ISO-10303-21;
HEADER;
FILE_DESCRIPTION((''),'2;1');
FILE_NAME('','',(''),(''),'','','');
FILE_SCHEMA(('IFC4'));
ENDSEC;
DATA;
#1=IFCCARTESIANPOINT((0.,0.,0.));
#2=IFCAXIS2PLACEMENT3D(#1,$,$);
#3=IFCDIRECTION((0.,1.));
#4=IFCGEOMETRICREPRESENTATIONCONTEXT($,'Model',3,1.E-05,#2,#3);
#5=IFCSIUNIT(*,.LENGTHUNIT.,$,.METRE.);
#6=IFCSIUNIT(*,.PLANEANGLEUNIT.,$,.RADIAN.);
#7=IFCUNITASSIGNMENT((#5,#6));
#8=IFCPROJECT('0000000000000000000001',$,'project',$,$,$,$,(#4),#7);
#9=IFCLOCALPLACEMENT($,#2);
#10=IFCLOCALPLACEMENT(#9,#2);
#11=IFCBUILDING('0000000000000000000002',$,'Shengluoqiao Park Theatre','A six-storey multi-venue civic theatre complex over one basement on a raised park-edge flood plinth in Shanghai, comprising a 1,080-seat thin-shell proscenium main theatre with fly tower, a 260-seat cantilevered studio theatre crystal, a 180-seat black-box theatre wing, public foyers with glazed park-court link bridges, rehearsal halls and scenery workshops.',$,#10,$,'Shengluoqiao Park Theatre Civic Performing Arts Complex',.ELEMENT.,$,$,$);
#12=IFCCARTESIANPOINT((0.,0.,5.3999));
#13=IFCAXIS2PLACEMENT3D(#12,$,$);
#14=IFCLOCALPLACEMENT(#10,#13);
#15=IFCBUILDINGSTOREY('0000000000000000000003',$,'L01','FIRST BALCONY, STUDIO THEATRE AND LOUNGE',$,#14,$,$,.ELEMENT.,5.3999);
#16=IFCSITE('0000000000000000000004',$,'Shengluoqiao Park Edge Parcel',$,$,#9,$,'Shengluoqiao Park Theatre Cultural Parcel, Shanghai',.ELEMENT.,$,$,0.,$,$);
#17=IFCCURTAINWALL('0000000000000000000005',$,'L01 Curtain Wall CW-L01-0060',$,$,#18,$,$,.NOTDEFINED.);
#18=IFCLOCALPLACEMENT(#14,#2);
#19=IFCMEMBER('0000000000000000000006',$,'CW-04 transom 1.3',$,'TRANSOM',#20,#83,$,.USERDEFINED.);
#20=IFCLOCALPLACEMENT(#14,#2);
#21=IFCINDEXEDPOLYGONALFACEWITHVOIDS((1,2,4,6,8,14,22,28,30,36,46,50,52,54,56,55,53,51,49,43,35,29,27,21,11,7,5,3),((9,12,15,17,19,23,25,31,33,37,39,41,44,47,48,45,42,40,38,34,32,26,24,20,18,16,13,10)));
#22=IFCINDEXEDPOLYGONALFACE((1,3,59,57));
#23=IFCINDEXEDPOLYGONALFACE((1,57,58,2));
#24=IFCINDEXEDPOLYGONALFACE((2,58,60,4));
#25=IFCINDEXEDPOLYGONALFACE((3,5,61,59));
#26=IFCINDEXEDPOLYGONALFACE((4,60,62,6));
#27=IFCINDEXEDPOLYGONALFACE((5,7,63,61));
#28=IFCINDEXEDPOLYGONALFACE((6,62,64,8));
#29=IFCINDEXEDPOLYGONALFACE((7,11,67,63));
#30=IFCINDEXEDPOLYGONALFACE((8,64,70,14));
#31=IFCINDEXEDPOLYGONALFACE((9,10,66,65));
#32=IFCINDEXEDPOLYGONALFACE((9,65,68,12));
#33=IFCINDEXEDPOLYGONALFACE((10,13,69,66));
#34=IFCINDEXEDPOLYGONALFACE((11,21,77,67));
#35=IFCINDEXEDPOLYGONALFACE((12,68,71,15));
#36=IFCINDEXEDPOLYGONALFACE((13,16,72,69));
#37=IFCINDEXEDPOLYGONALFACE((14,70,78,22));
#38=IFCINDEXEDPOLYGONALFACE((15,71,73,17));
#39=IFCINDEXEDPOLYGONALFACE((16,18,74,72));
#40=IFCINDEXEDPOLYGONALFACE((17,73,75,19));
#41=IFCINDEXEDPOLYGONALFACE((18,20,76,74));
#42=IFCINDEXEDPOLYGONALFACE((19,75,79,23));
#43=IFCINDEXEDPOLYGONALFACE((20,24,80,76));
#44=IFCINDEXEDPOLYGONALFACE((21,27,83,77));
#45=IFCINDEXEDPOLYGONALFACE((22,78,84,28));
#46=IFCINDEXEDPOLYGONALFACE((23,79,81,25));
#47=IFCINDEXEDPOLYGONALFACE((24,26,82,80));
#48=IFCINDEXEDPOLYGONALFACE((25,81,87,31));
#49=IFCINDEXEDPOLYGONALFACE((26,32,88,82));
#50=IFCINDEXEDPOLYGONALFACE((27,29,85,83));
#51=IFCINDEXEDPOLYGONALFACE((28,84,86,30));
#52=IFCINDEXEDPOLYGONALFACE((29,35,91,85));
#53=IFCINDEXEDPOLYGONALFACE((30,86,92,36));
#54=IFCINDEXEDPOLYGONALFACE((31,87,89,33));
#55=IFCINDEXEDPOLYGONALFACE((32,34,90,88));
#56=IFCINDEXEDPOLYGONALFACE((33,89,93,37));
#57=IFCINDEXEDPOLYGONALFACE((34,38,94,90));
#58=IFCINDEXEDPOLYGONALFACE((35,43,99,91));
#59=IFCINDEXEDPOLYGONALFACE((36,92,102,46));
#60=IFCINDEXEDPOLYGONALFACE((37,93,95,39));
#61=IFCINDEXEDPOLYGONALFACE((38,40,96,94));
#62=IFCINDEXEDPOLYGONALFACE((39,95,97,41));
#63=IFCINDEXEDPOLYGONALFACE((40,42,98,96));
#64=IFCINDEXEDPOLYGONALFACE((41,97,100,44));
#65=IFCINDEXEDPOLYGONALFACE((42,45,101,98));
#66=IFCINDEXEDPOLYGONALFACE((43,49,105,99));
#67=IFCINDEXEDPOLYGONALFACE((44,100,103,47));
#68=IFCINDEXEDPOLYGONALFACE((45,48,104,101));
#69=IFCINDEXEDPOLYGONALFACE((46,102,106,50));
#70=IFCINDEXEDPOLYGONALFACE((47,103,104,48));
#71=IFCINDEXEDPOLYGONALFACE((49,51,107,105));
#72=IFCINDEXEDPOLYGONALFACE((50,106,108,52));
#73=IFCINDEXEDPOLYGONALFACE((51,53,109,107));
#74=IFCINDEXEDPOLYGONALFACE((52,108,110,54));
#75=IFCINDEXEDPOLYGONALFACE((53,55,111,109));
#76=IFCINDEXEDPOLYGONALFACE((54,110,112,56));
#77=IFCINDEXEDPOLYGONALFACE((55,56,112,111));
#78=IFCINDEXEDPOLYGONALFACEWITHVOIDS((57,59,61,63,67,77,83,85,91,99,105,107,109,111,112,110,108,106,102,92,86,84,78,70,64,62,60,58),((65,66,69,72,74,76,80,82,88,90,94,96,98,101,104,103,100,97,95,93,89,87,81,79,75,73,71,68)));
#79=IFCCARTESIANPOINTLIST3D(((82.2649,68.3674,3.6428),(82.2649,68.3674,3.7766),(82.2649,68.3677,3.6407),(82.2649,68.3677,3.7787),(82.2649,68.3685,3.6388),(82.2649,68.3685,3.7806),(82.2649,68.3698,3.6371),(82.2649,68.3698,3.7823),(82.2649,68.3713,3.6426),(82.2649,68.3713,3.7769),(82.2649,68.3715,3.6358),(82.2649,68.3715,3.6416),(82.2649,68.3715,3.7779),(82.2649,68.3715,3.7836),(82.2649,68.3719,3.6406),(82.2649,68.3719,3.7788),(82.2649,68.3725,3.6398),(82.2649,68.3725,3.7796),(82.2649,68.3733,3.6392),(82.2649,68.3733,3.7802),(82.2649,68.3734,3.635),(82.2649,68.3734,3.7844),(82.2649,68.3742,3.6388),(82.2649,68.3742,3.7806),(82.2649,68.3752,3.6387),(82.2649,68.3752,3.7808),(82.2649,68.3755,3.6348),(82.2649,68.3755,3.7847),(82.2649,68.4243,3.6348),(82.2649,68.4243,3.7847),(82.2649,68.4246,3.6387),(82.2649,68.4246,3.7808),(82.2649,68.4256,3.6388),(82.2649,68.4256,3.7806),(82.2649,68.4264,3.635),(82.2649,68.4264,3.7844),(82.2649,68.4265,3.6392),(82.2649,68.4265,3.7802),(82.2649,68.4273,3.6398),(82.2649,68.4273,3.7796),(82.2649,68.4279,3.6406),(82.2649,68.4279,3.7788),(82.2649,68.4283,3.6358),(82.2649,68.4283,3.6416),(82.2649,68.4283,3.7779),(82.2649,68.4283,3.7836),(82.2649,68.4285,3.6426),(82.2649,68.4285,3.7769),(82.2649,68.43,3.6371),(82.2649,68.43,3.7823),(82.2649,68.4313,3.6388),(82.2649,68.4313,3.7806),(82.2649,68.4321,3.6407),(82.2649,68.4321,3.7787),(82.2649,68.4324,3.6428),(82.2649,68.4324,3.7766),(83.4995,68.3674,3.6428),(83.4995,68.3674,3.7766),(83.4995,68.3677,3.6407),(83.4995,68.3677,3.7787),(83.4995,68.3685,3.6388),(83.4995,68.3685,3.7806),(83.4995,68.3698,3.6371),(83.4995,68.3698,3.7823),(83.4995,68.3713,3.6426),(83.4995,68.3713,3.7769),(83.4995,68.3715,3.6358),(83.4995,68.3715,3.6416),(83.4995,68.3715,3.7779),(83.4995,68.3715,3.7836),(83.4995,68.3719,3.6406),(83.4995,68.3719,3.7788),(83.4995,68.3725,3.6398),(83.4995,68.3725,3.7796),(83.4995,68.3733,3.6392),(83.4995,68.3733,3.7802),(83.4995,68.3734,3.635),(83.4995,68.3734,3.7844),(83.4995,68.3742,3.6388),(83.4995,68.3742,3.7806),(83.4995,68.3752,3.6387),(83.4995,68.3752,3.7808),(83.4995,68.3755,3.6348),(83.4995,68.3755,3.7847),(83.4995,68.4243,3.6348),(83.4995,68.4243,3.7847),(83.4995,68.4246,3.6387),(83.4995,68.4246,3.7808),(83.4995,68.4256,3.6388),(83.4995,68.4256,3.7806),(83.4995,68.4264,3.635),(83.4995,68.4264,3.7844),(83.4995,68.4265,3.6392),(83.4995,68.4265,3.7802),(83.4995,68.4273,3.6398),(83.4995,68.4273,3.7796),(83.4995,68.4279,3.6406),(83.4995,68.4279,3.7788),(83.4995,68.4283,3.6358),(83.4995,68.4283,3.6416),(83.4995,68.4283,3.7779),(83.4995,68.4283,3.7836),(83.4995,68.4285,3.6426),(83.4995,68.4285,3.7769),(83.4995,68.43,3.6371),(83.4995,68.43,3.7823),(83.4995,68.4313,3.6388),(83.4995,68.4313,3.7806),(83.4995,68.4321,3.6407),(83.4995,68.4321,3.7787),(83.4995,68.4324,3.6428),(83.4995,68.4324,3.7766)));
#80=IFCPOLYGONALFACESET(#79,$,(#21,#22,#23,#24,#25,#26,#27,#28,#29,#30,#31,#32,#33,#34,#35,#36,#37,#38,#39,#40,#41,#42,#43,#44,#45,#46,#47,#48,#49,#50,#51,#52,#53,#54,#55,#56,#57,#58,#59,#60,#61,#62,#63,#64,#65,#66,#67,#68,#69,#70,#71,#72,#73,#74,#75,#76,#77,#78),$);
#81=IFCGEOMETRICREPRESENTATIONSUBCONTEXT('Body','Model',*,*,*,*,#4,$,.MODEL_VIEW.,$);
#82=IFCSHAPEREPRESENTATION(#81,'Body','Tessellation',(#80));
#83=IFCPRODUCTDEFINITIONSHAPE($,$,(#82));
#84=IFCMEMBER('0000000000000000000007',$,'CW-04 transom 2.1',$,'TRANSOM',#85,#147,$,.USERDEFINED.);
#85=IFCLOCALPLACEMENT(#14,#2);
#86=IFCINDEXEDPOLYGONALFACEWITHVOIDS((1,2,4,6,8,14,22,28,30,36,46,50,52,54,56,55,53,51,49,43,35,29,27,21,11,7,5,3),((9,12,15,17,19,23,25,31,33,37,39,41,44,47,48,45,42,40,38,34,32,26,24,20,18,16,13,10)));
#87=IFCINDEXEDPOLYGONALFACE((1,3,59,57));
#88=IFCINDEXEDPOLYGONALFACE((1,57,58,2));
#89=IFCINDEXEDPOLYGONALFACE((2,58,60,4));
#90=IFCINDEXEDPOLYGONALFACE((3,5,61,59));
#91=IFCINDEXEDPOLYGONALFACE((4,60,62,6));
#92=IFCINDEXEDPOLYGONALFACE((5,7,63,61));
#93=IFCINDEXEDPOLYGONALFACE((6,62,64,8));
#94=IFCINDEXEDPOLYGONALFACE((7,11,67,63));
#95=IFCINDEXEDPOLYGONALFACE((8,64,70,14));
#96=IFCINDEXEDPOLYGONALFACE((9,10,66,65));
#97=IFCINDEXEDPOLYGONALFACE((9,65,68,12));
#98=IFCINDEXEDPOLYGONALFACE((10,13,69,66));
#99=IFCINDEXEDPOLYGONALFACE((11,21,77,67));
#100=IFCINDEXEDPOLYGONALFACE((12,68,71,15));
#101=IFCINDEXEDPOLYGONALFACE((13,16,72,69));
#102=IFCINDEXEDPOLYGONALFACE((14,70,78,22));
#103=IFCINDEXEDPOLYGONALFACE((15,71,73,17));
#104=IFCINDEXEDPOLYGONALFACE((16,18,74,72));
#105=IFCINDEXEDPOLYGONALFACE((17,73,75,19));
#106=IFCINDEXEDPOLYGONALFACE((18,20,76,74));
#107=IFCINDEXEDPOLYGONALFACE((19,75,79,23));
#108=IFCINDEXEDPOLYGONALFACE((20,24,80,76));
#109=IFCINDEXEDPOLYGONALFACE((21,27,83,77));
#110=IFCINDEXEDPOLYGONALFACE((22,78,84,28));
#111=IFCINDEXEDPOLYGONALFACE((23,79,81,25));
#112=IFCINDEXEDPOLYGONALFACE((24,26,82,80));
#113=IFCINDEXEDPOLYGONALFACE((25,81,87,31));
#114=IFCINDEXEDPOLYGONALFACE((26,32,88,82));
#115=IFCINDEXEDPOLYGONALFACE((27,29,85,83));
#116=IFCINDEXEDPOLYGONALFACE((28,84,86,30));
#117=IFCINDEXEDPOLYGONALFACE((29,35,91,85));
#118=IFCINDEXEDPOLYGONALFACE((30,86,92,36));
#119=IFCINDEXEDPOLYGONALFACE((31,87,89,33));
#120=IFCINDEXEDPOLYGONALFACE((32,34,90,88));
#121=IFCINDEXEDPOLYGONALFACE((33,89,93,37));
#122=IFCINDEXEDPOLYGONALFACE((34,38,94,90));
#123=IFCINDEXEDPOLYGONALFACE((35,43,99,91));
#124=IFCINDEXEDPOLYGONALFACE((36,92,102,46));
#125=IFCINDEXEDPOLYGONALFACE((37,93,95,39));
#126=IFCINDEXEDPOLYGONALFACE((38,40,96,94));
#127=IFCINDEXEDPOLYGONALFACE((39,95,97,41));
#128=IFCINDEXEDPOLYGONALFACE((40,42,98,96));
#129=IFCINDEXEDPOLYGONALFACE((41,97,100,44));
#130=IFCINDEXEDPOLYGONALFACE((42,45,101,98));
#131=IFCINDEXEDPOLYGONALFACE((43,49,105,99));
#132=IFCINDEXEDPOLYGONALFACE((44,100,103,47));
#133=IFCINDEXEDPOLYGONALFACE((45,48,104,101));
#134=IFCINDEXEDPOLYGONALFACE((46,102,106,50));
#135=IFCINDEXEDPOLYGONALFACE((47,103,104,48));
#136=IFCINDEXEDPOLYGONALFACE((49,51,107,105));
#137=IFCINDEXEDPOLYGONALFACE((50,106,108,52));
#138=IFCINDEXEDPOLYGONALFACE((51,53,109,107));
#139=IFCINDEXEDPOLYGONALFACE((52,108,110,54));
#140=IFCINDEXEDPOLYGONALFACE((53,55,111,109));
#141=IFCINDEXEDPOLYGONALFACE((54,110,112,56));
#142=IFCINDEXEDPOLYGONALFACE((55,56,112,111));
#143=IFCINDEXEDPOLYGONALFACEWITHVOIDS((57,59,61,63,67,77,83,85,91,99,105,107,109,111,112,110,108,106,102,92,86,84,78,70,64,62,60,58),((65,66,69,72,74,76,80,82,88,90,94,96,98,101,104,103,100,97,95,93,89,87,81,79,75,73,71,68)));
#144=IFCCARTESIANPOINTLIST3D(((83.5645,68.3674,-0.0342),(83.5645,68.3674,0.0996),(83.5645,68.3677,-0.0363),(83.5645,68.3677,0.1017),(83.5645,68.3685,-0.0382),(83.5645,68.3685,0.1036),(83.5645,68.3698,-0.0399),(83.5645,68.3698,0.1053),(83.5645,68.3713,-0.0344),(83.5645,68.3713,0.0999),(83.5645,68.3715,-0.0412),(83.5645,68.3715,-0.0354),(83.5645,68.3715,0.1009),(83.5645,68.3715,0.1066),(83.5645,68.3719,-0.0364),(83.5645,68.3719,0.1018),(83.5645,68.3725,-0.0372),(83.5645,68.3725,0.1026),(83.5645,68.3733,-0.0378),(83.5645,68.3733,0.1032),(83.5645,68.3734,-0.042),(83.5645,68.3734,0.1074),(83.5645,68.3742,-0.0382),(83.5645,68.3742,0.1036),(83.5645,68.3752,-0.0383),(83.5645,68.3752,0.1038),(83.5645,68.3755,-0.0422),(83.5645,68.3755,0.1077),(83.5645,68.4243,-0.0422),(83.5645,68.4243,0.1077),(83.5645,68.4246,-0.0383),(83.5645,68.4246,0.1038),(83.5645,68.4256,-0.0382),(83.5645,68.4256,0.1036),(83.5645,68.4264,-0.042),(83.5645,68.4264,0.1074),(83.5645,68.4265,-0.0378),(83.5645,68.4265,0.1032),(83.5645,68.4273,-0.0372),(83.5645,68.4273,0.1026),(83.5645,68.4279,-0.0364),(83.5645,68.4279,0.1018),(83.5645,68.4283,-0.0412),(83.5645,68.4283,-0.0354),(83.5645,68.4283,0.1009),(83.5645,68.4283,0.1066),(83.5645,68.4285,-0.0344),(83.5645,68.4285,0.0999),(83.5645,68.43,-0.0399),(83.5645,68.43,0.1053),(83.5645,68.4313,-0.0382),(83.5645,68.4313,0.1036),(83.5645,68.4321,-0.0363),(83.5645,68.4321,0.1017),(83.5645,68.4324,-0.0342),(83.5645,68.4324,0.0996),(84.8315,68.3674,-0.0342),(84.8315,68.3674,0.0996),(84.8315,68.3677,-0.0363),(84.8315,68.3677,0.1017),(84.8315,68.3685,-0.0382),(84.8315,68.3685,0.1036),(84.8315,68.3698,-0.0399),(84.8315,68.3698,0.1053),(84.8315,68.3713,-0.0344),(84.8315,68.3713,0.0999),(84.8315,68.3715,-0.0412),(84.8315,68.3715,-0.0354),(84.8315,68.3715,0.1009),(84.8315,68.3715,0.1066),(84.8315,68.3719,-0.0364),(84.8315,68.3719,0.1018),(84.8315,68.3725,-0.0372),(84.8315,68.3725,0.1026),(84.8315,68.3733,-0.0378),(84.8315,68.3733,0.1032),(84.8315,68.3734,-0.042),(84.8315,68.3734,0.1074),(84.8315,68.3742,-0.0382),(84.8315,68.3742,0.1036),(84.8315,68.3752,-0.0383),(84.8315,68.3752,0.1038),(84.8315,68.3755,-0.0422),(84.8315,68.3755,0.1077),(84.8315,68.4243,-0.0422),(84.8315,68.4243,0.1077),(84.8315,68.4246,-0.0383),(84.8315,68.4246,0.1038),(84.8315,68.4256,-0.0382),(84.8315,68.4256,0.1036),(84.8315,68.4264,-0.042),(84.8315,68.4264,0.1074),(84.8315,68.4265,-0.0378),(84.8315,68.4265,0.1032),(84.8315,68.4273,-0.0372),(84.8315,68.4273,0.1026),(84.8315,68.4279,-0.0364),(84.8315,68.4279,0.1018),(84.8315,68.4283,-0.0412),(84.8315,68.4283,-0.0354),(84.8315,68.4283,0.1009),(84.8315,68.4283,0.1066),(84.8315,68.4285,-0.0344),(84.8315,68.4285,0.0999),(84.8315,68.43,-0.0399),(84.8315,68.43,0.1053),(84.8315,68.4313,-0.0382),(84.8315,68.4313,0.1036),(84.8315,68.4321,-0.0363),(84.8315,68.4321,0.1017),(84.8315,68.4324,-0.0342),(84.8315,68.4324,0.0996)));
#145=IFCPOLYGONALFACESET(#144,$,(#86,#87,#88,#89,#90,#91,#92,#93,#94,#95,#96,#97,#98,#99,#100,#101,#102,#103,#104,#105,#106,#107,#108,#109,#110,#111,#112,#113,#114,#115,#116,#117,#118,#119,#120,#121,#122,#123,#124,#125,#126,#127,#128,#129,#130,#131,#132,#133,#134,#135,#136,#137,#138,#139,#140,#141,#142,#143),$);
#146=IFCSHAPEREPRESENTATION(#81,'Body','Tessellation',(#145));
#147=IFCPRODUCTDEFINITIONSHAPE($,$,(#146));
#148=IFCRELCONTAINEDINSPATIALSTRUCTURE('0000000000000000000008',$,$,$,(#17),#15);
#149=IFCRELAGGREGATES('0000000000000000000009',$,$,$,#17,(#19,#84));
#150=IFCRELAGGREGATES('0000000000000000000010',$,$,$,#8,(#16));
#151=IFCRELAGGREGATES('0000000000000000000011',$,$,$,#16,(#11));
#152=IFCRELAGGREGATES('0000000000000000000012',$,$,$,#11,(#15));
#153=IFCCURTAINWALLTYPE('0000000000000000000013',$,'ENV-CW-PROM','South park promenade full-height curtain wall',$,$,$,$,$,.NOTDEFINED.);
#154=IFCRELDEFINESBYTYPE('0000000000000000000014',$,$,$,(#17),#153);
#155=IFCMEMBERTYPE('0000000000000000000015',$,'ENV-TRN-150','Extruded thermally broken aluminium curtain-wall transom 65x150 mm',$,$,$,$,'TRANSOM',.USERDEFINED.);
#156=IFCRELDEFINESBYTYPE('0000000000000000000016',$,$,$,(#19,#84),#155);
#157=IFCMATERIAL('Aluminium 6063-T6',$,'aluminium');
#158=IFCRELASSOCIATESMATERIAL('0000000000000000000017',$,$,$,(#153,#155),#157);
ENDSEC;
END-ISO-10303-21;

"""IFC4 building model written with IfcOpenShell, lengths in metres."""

from ifc_helpers import new_model, si_unit, direction, frame, origin, origin_2d, place, context, subcontext, project, spatial, hollow_rectangle, extrude, material, material_profile, profile_set, type_object, element, aggregate, save


model = new_model("IFC4")

# Units and contexts
model_context = context("Model", 3, precision=1e-05, world=origin(), true_north=direction((0.0, 1.0)))
body_context = subcontext(model_context, "Body", "Model", "MODEL_VIEW")
ifc_project = project(units=[si_unit("LENGTHUNIT", "METRE"), si_unit("PLANEANGLEUNIT", "RADIAN")], contexts=[model_context])

# Site, building, storey
site_placement = place(None, origin())
site = spatial("IfcSite", under=ifc_project, at=site_placement, Name="Shengluoqiao Park Edge Parcel", LongName="Shengluoqiao Park Theatre Cultural Parcel, Shanghai", CompositionType="ELEMENT", RefElevation=0.0)
building_placement = place(site_placement, origin())
building = spatial("IfcBuilding", under=site, at=building_placement, Name="Shengluoqiao Park Theatre", Description="A six-storey multi-venue civic theatre complex over one basement on a raised park-edge flood plinth in Shanghai, comprising a 1,080-seat thin-shell proscenium main theatre with fly tower, a 260-seat cantilevered studio theatre crystal, a 180-seat black-box theatre wing, public foyers with glazed park-court link bridges, rehearsal halls and scenery workshops.", LongName="Shengluoqiao Park Theatre Civic Performing Arts Complex", CompositionType="ELEMENT")
storey_placement = place(building_placement, frame((0.0, 0.0, 5.3999)))
storey = spatial("IfcBuildingStorey", under=building, at=storey_placement, Name="L01", Description="FIRST BALCONY, STUDIO THEATRE AND LOUNGE", CompositionType="ELEMENT", Elevation=5.3999)

# Curtain wall
ifc_material_1 = material(Name="Aluminium 6063-T6", Category="aluminium")
curtain_wall_type = type_object("IfcCurtainWallType", Name="ENV-CW-PROM", Description="South park promenade full-height curtain wall", PredefinedType="NOTDEFINED", material=ifc_material_1)
curtain_wall_1_placement = place(storey_placement, origin())
curtain_wall_1 = element("IfcCurtainWall", 1, at=curtain_wall_1_placement, inside=storey, type_object=curtain_wall_type, Name="L01 Curtain Wall CW-L01-0060", PredefinedType="NOTDEFINED")

# Members
ifc_material_profile_1 = material_profile(ifc_material_1, hollow_rectangle(XDim=0.0649, YDim=0.1499, WallThickness=0.0039, InnerFilletRadius=0.0039, OuterFilletRadius=0.0081, at=origin_2d()), Name="ALU TRANSOM 150x65x4")
ifc_profile_set_1 = profile_set([ifc_material_profile_1], Name="Aluminium 6063-T6")
member_type_1 = type_object("IfcMemberType", Name="ENV-TRN-150", Description="Extruded thermally broken aluminium curtain-wall transom 65x150 mm", ElementType="TRANSOM", PredefinedType="USERDEFINED", material=ifc_profile_set_1)
member_1_placement = place(storey_placement, frame((82.2649, 68.3999, 3.7097), z_axis=(1.0, 0.0, 0.0), x_axis=(0.0, 1.0, 0.0)))
member_1 = element("IfcMember", 2, at=member_1_placement, type_object=member_type_1, Name="CW-04 transom 1.3", ObjectType="TRANSOM", PredefinedType="USERDEFINED", context=body_context, shape_type="SweptSolid", body=[
    extrude(hollow_rectangle(XDim=0.0649, YDim=0.1499, WallThickness=0.0039, InnerFilletRadius=0.0039, OuterFilletRadius=0.0081, at=origin_2d()), origin(), (0.0, 0.0, 1.0), 1.2346),
])
member_2_placement = place(storey_placement, frame((83.5645, 68.3999, 0.0327), z_axis=(1.0, 0.0, 0.0), x_axis=(0.0, 1.0, 0.0)))
member_2 = element("IfcMember", 3, at=member_2_placement, type_object=member_type_1, Name="CW-04 transom 2.1", ObjectType="TRANSOM", PredefinedType="USERDEFINED", context=body_context, shape_type="SweptSolid", body=[
    extrude(hollow_rectangle(XDim=0.0649, YDim=0.1499, WallThickness=0.0039, InnerFilletRadius=0.0039, OuterFilletRadius=0.0081, at=origin_2d()), origin(), (0.0, 0.0, 1.0), 1.2671),
])

aggregate(curtain_wall_1, [member_1, member_2])

save(model, "model.ifc")
